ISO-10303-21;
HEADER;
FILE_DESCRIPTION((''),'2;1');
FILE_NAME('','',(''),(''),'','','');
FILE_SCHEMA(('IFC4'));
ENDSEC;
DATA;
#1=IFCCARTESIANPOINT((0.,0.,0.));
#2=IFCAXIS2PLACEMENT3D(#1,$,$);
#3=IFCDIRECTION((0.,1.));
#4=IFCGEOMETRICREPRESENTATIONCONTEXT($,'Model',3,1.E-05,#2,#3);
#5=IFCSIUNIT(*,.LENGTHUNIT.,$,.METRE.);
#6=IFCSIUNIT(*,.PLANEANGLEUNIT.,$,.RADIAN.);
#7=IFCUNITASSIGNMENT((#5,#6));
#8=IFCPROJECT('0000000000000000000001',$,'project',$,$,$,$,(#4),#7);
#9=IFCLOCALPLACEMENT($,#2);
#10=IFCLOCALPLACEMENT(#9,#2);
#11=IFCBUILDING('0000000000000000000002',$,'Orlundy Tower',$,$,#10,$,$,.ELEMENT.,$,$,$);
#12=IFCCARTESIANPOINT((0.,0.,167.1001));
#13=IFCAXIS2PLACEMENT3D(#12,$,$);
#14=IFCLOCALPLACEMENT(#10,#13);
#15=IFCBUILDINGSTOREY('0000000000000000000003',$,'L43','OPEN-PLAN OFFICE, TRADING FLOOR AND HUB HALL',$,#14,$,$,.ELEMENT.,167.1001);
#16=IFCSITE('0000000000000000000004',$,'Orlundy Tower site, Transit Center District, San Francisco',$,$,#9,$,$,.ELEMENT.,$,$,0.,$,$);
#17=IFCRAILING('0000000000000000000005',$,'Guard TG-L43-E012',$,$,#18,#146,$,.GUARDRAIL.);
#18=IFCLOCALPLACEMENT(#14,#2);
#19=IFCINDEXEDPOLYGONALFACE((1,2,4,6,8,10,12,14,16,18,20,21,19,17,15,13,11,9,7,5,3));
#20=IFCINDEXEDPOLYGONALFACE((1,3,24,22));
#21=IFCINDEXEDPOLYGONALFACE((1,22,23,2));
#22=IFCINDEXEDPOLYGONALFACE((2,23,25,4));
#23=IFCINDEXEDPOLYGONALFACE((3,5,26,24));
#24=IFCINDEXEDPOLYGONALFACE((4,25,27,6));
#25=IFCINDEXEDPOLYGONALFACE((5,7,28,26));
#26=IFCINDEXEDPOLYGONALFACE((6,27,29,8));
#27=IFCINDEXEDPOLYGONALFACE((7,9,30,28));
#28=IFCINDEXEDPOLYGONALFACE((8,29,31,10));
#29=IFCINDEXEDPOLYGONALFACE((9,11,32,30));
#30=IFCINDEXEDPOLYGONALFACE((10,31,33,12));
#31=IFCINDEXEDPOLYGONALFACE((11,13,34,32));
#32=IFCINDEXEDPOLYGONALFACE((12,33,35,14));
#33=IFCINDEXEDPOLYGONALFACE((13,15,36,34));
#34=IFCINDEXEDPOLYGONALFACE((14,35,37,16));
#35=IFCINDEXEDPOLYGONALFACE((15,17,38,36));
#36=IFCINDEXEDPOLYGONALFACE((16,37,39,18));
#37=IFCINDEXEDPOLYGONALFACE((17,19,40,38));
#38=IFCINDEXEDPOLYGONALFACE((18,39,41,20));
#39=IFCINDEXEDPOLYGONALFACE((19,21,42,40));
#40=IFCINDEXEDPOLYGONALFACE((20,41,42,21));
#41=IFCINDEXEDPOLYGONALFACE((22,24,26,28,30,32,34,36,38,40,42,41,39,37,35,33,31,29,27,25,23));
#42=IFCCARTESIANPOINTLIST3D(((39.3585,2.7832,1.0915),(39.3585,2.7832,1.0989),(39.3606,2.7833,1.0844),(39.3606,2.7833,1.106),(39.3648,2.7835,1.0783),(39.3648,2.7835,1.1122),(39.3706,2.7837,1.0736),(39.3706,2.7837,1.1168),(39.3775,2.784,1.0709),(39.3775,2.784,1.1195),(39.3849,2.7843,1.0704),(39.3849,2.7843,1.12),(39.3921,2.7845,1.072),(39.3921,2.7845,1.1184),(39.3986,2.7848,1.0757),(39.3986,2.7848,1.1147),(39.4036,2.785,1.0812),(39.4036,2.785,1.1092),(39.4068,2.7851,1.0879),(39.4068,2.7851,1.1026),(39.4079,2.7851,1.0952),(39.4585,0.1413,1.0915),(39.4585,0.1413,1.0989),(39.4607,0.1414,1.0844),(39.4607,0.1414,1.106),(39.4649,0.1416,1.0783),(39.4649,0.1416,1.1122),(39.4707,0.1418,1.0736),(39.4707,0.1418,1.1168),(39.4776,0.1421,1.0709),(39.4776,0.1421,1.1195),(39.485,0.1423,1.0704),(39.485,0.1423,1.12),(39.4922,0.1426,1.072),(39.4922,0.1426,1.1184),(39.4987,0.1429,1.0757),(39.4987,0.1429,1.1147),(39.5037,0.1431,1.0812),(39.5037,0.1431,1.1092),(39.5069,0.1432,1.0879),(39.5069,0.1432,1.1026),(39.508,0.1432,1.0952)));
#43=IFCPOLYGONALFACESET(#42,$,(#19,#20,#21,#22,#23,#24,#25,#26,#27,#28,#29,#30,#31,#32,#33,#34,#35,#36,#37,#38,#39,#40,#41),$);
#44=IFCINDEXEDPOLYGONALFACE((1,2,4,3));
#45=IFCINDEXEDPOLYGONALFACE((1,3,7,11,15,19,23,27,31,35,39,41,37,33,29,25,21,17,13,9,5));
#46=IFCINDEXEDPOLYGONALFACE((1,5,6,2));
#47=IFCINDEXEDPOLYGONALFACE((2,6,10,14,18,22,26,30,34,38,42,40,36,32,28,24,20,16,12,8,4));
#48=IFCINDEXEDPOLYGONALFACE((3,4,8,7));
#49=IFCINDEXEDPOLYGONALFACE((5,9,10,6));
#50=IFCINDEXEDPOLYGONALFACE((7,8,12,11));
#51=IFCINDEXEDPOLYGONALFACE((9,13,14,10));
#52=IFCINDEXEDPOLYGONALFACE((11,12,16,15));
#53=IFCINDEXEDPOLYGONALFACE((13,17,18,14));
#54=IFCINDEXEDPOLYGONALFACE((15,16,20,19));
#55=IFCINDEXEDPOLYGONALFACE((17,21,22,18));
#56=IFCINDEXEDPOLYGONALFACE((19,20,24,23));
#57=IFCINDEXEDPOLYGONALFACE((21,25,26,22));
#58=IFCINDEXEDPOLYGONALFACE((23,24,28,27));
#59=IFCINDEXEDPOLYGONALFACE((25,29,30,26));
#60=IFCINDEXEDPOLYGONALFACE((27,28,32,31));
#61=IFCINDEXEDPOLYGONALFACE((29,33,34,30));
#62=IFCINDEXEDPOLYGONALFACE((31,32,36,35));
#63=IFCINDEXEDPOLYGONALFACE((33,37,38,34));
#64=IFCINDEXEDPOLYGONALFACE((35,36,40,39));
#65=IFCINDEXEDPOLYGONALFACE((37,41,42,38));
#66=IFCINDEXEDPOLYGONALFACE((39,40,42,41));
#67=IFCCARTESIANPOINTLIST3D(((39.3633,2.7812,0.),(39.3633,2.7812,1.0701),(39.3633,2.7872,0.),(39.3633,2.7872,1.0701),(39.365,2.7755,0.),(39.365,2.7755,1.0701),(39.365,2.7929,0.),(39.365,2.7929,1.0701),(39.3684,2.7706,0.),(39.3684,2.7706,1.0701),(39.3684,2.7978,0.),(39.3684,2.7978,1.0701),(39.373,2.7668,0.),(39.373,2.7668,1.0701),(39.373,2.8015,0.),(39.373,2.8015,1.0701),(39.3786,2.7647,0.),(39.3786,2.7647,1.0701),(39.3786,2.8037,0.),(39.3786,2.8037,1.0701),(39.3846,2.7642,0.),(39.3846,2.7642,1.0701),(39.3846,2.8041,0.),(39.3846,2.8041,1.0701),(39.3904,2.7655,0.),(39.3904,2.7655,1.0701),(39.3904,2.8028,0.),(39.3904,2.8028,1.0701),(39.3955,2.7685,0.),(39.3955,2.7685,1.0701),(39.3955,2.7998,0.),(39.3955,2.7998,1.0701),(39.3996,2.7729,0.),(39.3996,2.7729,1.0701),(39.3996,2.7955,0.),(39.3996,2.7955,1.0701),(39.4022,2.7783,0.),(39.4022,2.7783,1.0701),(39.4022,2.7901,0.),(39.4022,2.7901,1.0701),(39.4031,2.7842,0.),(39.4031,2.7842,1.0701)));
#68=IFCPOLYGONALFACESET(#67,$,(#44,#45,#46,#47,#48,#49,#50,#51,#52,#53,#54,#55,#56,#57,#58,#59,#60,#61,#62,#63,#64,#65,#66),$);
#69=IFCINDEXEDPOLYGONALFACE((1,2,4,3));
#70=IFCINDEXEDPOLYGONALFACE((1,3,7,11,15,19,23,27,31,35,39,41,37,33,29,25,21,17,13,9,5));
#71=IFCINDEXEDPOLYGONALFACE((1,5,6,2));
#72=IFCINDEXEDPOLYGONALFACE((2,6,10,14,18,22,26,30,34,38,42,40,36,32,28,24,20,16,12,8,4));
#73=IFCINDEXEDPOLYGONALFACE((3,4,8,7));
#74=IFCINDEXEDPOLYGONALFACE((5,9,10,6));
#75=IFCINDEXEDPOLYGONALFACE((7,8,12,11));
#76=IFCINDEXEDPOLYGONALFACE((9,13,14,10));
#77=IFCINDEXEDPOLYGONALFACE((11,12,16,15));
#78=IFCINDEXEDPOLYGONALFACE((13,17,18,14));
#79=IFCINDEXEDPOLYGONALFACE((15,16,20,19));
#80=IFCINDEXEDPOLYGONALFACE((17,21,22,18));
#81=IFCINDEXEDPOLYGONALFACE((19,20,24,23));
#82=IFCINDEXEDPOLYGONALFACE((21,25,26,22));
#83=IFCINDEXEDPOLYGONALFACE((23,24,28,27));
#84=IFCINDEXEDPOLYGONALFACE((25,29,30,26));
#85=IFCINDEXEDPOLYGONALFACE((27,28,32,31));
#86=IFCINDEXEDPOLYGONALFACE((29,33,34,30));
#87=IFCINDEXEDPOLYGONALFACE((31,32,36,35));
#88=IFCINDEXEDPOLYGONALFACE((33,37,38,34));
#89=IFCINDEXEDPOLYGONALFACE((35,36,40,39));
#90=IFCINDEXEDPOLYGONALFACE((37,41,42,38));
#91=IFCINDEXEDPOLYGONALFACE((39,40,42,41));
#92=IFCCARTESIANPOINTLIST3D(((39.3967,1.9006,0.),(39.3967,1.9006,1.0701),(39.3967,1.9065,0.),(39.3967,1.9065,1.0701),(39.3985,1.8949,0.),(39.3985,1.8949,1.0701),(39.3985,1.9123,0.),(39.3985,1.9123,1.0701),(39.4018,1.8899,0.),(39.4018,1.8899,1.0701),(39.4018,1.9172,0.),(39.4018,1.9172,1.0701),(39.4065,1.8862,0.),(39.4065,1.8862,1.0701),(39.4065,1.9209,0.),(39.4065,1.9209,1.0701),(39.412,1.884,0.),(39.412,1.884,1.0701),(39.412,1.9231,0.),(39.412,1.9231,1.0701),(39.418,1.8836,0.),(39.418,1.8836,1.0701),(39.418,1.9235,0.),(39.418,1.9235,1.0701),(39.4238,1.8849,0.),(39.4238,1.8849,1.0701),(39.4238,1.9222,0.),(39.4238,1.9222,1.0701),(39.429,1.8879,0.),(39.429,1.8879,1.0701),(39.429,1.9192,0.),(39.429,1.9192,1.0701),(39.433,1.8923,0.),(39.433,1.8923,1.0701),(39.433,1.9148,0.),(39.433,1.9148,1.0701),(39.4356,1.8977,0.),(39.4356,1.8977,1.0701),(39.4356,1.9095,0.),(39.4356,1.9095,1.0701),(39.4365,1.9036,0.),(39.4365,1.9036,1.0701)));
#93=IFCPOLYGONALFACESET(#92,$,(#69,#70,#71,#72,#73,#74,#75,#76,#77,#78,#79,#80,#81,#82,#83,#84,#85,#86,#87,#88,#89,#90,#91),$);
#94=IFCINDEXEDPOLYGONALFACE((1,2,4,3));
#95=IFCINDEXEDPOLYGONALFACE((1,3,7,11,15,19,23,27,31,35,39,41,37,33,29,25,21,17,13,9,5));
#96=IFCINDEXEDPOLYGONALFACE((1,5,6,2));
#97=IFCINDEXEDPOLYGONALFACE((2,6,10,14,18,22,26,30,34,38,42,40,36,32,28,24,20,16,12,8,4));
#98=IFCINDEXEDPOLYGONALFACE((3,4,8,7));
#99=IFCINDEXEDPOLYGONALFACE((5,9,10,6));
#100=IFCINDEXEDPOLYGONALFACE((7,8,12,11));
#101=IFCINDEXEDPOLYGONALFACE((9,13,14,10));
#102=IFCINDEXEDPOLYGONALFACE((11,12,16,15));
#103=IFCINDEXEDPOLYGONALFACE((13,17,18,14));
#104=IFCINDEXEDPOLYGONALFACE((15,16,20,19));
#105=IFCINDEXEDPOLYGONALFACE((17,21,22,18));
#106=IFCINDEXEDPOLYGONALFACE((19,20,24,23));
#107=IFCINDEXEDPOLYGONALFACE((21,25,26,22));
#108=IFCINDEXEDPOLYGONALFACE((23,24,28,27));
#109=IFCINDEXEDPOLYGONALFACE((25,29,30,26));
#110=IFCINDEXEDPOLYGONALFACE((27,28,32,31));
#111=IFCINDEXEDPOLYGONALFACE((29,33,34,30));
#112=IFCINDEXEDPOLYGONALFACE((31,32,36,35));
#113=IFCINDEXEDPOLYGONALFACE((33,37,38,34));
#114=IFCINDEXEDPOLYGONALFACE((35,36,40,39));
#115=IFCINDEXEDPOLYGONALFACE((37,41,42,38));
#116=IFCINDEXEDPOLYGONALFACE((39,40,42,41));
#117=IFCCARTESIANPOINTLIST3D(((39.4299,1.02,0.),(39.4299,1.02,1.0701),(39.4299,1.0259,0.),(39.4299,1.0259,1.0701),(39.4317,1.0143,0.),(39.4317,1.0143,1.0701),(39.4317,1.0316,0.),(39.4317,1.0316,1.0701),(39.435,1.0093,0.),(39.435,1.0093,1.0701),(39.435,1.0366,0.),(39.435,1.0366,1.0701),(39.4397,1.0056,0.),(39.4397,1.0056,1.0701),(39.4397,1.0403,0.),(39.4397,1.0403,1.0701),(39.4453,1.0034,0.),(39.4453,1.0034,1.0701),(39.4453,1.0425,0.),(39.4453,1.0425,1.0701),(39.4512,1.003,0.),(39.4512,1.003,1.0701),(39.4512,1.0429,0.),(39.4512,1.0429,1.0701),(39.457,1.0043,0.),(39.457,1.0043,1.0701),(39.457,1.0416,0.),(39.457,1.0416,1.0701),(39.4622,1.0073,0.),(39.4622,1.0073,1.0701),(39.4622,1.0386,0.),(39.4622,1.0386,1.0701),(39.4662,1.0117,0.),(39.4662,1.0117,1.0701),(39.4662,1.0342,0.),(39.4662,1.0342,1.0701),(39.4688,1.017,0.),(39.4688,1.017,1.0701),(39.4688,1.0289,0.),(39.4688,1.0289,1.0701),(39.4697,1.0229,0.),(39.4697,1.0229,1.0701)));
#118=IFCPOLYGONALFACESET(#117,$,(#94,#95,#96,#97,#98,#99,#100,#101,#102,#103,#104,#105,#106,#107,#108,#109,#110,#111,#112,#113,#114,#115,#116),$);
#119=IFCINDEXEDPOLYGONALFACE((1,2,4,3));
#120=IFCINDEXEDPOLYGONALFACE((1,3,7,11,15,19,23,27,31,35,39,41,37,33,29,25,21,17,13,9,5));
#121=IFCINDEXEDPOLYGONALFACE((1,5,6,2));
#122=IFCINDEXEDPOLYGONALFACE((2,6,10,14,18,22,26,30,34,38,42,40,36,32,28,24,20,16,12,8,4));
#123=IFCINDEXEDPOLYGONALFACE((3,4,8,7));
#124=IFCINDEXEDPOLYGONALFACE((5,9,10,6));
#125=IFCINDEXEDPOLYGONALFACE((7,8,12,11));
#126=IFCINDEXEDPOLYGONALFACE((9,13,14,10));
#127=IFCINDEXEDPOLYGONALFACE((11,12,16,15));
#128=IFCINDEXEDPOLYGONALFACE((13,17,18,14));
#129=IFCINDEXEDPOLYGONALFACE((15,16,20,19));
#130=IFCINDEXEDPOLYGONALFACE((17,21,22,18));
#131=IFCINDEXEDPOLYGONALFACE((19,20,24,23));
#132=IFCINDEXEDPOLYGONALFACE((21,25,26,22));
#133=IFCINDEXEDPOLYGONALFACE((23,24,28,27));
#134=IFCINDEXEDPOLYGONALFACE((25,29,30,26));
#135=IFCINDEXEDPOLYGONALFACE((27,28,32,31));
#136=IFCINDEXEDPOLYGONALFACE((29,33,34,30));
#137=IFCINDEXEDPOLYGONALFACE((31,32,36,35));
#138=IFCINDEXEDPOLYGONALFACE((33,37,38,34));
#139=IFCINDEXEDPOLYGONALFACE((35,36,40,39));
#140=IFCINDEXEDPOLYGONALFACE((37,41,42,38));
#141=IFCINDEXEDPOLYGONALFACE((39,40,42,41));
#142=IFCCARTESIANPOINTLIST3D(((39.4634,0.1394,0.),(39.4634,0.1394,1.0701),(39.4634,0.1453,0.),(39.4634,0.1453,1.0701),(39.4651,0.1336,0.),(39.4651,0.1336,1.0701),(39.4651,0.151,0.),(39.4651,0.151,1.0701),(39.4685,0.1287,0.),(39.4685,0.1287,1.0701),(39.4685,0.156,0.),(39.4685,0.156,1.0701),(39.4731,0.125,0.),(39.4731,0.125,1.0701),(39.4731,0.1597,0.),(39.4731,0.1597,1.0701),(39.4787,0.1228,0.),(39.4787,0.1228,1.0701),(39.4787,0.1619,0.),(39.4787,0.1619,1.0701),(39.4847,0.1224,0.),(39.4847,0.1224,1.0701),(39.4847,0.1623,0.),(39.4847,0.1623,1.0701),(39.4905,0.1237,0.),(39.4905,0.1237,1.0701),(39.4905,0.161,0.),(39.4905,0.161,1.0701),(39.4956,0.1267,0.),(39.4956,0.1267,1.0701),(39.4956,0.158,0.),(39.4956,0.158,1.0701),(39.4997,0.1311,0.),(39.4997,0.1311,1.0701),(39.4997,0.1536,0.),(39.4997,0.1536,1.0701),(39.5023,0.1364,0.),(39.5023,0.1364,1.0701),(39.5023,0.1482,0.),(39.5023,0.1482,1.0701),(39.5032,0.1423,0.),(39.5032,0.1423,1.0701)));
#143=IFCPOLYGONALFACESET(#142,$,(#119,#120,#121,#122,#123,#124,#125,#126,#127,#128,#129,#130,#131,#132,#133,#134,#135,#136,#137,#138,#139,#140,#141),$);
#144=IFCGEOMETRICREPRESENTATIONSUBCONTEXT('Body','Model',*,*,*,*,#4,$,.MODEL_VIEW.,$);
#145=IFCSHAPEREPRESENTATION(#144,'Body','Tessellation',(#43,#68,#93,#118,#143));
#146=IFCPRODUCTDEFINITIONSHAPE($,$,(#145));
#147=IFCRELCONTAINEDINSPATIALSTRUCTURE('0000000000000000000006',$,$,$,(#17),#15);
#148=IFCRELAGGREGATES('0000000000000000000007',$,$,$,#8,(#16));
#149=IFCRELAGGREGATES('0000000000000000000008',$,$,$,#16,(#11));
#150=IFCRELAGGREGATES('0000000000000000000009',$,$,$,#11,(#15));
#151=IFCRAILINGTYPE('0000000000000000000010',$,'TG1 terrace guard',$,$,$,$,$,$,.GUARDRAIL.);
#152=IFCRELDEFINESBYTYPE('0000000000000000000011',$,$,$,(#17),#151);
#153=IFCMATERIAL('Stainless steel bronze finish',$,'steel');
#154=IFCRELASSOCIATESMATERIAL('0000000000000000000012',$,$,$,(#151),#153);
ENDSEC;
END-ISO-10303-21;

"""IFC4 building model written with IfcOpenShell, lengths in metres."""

from ifc_helpers import new_model, si_unit, direction, frame, origin, origin_2d, place, context, subcontext, project, spatial, circle, extrude, material, type_object, element, save


model = new_model("IFC4")

# Units and contexts
model_context = context("Model", 3, precision=1e-05, world=origin(), true_north=direction((0.0, 1.0)))
body_context = subcontext(model_context, "Body", "Model", "MODEL_VIEW")
ifc_project = project(units=[si_unit("LENGTHUNIT", "METRE"), si_unit("PLANEANGLEUNIT", "RADIAN")], contexts=[model_context])

# Site, building, storey
site_placement = place(None, origin())
site = spatial("IfcSite", under=ifc_project, at=site_placement, Name="Orlundy Tower site, Transit Center District, San Francisco", CompositionType="ELEMENT", RefElevation=0.0)
building_placement = place(site_placement, origin())
building = spatial("IfcBuilding", under=site, at=building_placement, Name="Orlundy Tower", CompositionType="ELEMENT")
storey_placement = place(building_placement, frame((0.0, 0.0, 167.1001)))
storey = spatial("IfcBuildingStorey", under=building, at=storey_placement, Name="L43", Description="OPEN-PLAN OFFICE, TRADING FLOOR AND HUB HALL", CompositionType="ELEMENT", Elevation=167.1001)

# Railing
ifc_material_1 = material(Name="Stainless steel bronze finish", Category="steel")
railing_type = type_object("IfcRailingType", Name="TG1 terrace guard", PredefinedType="GUARDRAIL", material=ifc_material_1)
railing_1_placement = place(storey_placement, frame((39.3831, 2.7842, 0.0)))
element("IfcRailing", 1, at=railing_1_placement, inside=storey, type_object=railing_type, Name="Guard TG-L43-E012", PredefinedType="GUARDRAIL", context=body_context, shape_type="SweptSolid", body=[
    extrude(circle(Radius=0.0249, at=origin_2d()), frame((0.0, 0.0, 1.0952), z_axis=(0.037862, -0.999283, 0.0), x_axis=(0.999283, 0.037862, 0.0)), (0.0, 0.0, 1.0), 2.6438),
    extrude(circle(Radius=0.02, at=origin_2d()), origin(), (0.0, 0.0, 1.0), 1.0701),
    extrude(circle(Radius=0.02, at=origin_2d()), frame((0.0334, -0.8806, 0.0)), (0.0, 0.0, 1.0), 1.0701),
    extrude(circle(Radius=0.02, at=origin_2d()), frame((0.0667, -1.7612, 0.0)), (0.0, 0.0, 1.0), 1.0701),
    extrude(circle(Radius=0.02, at=origin_2d()), frame((0.1001, -2.6418, 0.0)), (0.0, 0.0, 1.0), 1.0701),
])

save(model, "model.ifc")
